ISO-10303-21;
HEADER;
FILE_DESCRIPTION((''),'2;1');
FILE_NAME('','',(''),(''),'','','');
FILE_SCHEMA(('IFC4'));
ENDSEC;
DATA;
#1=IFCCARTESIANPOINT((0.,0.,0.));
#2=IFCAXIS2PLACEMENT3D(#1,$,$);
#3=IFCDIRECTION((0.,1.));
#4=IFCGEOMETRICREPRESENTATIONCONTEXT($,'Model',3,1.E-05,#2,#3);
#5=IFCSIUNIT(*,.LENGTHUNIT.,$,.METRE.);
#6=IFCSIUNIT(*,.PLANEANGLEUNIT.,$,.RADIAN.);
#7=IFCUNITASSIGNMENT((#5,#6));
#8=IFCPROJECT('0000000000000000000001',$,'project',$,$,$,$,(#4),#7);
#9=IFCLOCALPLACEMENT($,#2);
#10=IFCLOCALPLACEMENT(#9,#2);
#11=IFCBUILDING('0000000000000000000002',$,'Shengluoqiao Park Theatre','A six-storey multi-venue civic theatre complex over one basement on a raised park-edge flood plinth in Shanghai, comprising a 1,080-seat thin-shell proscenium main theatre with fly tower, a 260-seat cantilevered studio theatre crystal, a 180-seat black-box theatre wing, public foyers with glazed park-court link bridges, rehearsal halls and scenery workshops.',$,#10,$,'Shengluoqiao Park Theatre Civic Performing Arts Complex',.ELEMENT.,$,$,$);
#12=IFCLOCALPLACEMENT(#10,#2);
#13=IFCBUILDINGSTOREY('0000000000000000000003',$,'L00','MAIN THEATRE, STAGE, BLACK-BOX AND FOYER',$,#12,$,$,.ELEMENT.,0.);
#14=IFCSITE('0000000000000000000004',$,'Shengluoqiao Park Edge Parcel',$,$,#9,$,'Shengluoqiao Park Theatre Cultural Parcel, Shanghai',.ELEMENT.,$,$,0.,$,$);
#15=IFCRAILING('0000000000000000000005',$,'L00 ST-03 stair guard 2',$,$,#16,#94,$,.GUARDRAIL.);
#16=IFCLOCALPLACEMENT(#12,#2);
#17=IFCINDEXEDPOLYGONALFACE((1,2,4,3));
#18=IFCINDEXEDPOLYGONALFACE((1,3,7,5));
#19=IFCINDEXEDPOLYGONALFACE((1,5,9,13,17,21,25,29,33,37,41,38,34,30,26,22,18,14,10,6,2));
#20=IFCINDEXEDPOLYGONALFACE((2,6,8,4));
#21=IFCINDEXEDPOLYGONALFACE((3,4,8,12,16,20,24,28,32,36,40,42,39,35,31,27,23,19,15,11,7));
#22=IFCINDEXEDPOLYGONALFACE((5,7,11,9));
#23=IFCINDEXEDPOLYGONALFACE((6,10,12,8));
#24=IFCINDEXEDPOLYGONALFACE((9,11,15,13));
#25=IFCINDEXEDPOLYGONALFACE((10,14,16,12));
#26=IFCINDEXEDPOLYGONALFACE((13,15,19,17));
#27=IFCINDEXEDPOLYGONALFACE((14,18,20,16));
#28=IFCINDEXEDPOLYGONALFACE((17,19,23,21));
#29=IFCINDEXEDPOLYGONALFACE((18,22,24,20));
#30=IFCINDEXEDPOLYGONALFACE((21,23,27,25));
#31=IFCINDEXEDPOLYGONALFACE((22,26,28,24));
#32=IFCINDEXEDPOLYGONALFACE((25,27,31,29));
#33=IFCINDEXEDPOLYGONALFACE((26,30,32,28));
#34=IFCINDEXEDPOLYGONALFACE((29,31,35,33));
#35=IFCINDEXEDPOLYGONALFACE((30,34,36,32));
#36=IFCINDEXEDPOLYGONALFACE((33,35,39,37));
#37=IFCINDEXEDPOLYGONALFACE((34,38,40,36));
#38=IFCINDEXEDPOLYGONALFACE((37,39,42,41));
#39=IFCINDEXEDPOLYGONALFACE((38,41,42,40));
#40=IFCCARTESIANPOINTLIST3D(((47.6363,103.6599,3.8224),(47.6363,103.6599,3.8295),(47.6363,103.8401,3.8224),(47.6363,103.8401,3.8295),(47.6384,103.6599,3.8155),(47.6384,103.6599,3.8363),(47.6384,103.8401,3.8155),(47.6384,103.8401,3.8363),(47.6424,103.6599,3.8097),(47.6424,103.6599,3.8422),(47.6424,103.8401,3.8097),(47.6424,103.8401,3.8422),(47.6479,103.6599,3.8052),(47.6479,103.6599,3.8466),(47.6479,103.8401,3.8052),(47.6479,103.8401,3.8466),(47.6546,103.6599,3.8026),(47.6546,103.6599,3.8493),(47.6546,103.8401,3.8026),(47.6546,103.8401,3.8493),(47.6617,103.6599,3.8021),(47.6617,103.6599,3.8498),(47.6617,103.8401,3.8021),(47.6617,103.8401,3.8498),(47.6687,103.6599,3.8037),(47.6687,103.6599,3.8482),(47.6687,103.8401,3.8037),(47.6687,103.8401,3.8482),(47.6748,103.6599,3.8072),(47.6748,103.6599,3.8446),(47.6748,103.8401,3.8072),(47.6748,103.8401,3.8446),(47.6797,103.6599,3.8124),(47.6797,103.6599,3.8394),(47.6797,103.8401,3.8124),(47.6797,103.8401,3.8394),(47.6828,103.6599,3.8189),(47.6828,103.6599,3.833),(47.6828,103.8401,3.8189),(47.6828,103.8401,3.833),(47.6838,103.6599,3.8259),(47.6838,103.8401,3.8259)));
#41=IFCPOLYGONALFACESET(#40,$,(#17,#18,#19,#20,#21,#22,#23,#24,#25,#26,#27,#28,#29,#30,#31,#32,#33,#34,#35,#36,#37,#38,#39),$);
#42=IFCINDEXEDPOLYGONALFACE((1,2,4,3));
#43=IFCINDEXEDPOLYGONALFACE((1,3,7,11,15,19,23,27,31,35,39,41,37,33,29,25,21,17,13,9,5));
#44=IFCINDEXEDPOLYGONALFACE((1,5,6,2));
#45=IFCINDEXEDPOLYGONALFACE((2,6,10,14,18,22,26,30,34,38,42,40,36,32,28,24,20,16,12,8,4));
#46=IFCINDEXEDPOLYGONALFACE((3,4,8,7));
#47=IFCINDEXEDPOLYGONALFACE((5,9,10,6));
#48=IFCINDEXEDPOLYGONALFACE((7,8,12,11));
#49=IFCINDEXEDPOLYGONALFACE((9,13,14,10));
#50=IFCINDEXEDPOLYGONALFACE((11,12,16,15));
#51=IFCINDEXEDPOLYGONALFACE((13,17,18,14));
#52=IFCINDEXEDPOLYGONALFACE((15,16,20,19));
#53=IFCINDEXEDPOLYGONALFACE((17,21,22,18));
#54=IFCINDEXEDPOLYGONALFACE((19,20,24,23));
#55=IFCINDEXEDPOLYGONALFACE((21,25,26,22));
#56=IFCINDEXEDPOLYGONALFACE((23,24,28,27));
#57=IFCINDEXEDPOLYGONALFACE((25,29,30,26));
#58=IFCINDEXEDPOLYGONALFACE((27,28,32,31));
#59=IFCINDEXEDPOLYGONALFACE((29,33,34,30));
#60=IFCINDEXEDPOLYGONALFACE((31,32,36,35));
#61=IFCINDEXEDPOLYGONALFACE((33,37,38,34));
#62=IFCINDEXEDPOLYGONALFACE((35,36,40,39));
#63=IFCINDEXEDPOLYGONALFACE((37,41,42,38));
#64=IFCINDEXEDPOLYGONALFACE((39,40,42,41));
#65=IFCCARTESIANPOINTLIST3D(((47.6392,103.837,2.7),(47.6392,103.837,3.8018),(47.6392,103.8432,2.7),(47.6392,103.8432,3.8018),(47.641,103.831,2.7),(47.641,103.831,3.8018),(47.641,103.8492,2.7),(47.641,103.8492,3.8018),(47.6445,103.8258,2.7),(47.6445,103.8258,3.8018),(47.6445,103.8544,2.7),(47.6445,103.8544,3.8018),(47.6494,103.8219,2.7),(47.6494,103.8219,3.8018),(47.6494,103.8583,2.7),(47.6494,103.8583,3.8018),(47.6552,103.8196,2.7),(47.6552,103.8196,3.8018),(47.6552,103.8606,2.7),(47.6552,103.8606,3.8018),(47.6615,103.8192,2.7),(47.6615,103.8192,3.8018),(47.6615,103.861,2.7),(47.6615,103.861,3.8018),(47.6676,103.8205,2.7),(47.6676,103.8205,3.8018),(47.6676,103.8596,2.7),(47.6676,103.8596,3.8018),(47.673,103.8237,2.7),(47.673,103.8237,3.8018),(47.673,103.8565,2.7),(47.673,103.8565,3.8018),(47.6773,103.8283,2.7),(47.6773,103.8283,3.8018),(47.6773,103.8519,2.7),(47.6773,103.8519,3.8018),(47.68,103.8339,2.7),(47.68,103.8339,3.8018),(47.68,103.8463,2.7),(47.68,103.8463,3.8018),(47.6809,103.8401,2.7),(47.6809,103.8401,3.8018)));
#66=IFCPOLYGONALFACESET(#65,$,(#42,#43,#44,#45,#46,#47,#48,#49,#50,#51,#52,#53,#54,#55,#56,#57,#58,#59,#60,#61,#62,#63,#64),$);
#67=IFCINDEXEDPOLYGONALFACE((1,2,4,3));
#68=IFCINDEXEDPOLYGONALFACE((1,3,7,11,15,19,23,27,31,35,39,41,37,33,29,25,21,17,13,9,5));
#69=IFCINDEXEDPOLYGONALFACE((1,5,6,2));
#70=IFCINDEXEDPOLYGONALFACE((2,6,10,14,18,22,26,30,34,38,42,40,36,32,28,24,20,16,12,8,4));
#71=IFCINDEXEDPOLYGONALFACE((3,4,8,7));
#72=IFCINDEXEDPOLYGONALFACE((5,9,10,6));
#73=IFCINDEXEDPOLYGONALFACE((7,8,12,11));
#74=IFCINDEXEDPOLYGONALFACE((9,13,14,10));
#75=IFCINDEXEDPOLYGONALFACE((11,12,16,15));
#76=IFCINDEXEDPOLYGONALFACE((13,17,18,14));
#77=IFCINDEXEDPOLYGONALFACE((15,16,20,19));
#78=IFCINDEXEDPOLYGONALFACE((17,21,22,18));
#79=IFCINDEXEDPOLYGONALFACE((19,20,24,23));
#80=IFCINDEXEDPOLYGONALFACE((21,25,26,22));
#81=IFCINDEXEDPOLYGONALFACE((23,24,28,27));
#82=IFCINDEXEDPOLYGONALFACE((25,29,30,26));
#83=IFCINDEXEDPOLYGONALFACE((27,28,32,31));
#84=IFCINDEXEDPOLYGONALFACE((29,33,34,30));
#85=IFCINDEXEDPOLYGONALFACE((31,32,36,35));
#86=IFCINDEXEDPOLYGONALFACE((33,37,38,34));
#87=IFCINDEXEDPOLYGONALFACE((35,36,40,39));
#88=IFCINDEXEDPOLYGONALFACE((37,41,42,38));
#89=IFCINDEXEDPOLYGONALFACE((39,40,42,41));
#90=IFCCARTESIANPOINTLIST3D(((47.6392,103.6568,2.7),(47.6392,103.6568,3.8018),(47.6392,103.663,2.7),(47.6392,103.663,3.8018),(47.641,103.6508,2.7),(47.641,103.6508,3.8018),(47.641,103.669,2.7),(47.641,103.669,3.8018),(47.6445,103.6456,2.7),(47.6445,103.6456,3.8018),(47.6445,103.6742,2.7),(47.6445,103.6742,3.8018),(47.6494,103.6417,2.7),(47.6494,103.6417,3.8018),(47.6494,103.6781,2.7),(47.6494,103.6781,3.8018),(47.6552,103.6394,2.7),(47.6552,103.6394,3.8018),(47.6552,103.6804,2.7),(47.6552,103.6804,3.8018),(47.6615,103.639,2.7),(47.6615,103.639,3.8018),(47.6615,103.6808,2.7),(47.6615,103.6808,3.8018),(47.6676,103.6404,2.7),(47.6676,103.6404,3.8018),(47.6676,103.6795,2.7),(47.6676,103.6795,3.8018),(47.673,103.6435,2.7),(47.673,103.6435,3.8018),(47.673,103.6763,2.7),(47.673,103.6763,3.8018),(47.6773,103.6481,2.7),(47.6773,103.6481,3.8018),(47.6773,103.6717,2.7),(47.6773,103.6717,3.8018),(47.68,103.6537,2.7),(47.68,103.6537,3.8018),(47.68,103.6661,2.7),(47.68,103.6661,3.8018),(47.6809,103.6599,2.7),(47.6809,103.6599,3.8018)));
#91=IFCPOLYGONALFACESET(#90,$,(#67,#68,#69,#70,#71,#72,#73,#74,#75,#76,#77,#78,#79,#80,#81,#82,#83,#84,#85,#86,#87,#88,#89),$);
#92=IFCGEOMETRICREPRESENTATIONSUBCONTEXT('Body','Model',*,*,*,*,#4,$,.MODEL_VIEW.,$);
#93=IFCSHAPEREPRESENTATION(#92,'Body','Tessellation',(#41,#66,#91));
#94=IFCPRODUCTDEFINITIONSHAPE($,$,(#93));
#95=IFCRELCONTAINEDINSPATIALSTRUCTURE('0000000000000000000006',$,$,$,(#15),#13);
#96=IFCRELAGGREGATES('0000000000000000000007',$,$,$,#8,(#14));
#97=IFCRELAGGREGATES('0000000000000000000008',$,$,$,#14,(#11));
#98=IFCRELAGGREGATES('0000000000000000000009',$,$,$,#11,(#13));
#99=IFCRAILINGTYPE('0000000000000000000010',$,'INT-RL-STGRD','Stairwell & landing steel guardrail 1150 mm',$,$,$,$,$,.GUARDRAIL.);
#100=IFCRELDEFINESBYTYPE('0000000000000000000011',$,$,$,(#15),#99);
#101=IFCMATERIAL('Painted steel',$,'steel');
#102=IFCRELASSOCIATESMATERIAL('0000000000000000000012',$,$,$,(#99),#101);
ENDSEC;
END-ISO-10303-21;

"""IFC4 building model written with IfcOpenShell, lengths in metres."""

from ifc_helpers import new_model, si_unit, direction, frame, origin, origin_2d, place, context, subcontext, project, spatial, circle, extrude, material, type_object, element, save


model = new_model("IFC4")

# Units and contexts
model_context = context("Model", 3, precision=1e-05, world=origin(), true_north=direction((0.0, 1.0)))
body_context = subcontext(model_context, "Body", "Model", "MODEL_VIEW")
ifc_project = project(units=[si_unit("LENGTHUNIT", "METRE"), si_unit("PLANEANGLEUNIT", "RADIAN")], contexts=[model_context])

# Site, building, storey
site_placement = place(None, origin())
site = spatial("IfcSite", under=ifc_project, at=site_placement, Name="Shengluoqiao Park Edge Parcel", LongName="Shengluoqiao Park Theatre Cultural Parcel, Shanghai", CompositionType="ELEMENT", RefElevation=0.0)
building_placement = place(site_placement, origin())
building = spatial("IfcBuilding", under=site, at=building_placement, Name="Shengluoqiao Park Theatre", Description="A six-storey multi-venue civic theatre complex over one basement on a raised park-edge flood plinth in Shanghai, comprising a 1,080-seat thin-shell proscenium main theatre with fly tower, a 260-seat cantilevered studio theatre crystal, a 180-seat black-box theatre wing, public foyers with glazed park-court link bridges, rehearsal halls and scenery workshops.", LongName="Shengluoqiao Park Theatre Civic Performing Arts Complex", CompositionType="ELEMENT")
storey_placement = place(building_placement, origin())
storey = spatial("IfcBuildingStorey", under=building, at=storey_placement, Name="L00", Description="MAIN THEATRE, STAGE, BLACK-BOX AND FOYER", CompositionType="ELEMENT", Elevation=0.0)

# Railing
ifc_material_1 = material(Name="Painted steel", Category="steel")
railing_type_1 = type_object("IfcRailingType", Name="INT-RL-STGRD", Description="Stairwell & landing steel guardrail 1150 mm", PredefinedType="GUARDRAIL", material=ifc_material_1)
railing_1_placement = place(storey_placement, frame((47.6599, 103.8401, 2.7)))
element("IfcRailing", 1, at=railing_1_placement, inside=storey, type_object=railing_type_1, Name="L00 ST-03 stair guard 2", PredefinedType="GUARDRAIL", context=body_context, shape_type="SweptSolid", body=[
    extrude(circle(Radius=0.0239, at=origin_2d()), frame((0.0, 0.0, 1.126), z_axis=(0.0, -1.0, 0.0), x_axis=(1.0, 0.0, 0.0)), (0.0, 0.0, 1.0), 0.1802),
    extrude(circle(Radius=0.021, at=origin_2d()), origin(), (0.0, 0.0, 1.0), 1.1018),
    extrude(circle(Radius=0.021, at=origin_2d()), frame((0.0, -0.1802, 0.0)), (0.0, 0.0, 1.0), 1.1018),
])

save(model, "model.ifc")
